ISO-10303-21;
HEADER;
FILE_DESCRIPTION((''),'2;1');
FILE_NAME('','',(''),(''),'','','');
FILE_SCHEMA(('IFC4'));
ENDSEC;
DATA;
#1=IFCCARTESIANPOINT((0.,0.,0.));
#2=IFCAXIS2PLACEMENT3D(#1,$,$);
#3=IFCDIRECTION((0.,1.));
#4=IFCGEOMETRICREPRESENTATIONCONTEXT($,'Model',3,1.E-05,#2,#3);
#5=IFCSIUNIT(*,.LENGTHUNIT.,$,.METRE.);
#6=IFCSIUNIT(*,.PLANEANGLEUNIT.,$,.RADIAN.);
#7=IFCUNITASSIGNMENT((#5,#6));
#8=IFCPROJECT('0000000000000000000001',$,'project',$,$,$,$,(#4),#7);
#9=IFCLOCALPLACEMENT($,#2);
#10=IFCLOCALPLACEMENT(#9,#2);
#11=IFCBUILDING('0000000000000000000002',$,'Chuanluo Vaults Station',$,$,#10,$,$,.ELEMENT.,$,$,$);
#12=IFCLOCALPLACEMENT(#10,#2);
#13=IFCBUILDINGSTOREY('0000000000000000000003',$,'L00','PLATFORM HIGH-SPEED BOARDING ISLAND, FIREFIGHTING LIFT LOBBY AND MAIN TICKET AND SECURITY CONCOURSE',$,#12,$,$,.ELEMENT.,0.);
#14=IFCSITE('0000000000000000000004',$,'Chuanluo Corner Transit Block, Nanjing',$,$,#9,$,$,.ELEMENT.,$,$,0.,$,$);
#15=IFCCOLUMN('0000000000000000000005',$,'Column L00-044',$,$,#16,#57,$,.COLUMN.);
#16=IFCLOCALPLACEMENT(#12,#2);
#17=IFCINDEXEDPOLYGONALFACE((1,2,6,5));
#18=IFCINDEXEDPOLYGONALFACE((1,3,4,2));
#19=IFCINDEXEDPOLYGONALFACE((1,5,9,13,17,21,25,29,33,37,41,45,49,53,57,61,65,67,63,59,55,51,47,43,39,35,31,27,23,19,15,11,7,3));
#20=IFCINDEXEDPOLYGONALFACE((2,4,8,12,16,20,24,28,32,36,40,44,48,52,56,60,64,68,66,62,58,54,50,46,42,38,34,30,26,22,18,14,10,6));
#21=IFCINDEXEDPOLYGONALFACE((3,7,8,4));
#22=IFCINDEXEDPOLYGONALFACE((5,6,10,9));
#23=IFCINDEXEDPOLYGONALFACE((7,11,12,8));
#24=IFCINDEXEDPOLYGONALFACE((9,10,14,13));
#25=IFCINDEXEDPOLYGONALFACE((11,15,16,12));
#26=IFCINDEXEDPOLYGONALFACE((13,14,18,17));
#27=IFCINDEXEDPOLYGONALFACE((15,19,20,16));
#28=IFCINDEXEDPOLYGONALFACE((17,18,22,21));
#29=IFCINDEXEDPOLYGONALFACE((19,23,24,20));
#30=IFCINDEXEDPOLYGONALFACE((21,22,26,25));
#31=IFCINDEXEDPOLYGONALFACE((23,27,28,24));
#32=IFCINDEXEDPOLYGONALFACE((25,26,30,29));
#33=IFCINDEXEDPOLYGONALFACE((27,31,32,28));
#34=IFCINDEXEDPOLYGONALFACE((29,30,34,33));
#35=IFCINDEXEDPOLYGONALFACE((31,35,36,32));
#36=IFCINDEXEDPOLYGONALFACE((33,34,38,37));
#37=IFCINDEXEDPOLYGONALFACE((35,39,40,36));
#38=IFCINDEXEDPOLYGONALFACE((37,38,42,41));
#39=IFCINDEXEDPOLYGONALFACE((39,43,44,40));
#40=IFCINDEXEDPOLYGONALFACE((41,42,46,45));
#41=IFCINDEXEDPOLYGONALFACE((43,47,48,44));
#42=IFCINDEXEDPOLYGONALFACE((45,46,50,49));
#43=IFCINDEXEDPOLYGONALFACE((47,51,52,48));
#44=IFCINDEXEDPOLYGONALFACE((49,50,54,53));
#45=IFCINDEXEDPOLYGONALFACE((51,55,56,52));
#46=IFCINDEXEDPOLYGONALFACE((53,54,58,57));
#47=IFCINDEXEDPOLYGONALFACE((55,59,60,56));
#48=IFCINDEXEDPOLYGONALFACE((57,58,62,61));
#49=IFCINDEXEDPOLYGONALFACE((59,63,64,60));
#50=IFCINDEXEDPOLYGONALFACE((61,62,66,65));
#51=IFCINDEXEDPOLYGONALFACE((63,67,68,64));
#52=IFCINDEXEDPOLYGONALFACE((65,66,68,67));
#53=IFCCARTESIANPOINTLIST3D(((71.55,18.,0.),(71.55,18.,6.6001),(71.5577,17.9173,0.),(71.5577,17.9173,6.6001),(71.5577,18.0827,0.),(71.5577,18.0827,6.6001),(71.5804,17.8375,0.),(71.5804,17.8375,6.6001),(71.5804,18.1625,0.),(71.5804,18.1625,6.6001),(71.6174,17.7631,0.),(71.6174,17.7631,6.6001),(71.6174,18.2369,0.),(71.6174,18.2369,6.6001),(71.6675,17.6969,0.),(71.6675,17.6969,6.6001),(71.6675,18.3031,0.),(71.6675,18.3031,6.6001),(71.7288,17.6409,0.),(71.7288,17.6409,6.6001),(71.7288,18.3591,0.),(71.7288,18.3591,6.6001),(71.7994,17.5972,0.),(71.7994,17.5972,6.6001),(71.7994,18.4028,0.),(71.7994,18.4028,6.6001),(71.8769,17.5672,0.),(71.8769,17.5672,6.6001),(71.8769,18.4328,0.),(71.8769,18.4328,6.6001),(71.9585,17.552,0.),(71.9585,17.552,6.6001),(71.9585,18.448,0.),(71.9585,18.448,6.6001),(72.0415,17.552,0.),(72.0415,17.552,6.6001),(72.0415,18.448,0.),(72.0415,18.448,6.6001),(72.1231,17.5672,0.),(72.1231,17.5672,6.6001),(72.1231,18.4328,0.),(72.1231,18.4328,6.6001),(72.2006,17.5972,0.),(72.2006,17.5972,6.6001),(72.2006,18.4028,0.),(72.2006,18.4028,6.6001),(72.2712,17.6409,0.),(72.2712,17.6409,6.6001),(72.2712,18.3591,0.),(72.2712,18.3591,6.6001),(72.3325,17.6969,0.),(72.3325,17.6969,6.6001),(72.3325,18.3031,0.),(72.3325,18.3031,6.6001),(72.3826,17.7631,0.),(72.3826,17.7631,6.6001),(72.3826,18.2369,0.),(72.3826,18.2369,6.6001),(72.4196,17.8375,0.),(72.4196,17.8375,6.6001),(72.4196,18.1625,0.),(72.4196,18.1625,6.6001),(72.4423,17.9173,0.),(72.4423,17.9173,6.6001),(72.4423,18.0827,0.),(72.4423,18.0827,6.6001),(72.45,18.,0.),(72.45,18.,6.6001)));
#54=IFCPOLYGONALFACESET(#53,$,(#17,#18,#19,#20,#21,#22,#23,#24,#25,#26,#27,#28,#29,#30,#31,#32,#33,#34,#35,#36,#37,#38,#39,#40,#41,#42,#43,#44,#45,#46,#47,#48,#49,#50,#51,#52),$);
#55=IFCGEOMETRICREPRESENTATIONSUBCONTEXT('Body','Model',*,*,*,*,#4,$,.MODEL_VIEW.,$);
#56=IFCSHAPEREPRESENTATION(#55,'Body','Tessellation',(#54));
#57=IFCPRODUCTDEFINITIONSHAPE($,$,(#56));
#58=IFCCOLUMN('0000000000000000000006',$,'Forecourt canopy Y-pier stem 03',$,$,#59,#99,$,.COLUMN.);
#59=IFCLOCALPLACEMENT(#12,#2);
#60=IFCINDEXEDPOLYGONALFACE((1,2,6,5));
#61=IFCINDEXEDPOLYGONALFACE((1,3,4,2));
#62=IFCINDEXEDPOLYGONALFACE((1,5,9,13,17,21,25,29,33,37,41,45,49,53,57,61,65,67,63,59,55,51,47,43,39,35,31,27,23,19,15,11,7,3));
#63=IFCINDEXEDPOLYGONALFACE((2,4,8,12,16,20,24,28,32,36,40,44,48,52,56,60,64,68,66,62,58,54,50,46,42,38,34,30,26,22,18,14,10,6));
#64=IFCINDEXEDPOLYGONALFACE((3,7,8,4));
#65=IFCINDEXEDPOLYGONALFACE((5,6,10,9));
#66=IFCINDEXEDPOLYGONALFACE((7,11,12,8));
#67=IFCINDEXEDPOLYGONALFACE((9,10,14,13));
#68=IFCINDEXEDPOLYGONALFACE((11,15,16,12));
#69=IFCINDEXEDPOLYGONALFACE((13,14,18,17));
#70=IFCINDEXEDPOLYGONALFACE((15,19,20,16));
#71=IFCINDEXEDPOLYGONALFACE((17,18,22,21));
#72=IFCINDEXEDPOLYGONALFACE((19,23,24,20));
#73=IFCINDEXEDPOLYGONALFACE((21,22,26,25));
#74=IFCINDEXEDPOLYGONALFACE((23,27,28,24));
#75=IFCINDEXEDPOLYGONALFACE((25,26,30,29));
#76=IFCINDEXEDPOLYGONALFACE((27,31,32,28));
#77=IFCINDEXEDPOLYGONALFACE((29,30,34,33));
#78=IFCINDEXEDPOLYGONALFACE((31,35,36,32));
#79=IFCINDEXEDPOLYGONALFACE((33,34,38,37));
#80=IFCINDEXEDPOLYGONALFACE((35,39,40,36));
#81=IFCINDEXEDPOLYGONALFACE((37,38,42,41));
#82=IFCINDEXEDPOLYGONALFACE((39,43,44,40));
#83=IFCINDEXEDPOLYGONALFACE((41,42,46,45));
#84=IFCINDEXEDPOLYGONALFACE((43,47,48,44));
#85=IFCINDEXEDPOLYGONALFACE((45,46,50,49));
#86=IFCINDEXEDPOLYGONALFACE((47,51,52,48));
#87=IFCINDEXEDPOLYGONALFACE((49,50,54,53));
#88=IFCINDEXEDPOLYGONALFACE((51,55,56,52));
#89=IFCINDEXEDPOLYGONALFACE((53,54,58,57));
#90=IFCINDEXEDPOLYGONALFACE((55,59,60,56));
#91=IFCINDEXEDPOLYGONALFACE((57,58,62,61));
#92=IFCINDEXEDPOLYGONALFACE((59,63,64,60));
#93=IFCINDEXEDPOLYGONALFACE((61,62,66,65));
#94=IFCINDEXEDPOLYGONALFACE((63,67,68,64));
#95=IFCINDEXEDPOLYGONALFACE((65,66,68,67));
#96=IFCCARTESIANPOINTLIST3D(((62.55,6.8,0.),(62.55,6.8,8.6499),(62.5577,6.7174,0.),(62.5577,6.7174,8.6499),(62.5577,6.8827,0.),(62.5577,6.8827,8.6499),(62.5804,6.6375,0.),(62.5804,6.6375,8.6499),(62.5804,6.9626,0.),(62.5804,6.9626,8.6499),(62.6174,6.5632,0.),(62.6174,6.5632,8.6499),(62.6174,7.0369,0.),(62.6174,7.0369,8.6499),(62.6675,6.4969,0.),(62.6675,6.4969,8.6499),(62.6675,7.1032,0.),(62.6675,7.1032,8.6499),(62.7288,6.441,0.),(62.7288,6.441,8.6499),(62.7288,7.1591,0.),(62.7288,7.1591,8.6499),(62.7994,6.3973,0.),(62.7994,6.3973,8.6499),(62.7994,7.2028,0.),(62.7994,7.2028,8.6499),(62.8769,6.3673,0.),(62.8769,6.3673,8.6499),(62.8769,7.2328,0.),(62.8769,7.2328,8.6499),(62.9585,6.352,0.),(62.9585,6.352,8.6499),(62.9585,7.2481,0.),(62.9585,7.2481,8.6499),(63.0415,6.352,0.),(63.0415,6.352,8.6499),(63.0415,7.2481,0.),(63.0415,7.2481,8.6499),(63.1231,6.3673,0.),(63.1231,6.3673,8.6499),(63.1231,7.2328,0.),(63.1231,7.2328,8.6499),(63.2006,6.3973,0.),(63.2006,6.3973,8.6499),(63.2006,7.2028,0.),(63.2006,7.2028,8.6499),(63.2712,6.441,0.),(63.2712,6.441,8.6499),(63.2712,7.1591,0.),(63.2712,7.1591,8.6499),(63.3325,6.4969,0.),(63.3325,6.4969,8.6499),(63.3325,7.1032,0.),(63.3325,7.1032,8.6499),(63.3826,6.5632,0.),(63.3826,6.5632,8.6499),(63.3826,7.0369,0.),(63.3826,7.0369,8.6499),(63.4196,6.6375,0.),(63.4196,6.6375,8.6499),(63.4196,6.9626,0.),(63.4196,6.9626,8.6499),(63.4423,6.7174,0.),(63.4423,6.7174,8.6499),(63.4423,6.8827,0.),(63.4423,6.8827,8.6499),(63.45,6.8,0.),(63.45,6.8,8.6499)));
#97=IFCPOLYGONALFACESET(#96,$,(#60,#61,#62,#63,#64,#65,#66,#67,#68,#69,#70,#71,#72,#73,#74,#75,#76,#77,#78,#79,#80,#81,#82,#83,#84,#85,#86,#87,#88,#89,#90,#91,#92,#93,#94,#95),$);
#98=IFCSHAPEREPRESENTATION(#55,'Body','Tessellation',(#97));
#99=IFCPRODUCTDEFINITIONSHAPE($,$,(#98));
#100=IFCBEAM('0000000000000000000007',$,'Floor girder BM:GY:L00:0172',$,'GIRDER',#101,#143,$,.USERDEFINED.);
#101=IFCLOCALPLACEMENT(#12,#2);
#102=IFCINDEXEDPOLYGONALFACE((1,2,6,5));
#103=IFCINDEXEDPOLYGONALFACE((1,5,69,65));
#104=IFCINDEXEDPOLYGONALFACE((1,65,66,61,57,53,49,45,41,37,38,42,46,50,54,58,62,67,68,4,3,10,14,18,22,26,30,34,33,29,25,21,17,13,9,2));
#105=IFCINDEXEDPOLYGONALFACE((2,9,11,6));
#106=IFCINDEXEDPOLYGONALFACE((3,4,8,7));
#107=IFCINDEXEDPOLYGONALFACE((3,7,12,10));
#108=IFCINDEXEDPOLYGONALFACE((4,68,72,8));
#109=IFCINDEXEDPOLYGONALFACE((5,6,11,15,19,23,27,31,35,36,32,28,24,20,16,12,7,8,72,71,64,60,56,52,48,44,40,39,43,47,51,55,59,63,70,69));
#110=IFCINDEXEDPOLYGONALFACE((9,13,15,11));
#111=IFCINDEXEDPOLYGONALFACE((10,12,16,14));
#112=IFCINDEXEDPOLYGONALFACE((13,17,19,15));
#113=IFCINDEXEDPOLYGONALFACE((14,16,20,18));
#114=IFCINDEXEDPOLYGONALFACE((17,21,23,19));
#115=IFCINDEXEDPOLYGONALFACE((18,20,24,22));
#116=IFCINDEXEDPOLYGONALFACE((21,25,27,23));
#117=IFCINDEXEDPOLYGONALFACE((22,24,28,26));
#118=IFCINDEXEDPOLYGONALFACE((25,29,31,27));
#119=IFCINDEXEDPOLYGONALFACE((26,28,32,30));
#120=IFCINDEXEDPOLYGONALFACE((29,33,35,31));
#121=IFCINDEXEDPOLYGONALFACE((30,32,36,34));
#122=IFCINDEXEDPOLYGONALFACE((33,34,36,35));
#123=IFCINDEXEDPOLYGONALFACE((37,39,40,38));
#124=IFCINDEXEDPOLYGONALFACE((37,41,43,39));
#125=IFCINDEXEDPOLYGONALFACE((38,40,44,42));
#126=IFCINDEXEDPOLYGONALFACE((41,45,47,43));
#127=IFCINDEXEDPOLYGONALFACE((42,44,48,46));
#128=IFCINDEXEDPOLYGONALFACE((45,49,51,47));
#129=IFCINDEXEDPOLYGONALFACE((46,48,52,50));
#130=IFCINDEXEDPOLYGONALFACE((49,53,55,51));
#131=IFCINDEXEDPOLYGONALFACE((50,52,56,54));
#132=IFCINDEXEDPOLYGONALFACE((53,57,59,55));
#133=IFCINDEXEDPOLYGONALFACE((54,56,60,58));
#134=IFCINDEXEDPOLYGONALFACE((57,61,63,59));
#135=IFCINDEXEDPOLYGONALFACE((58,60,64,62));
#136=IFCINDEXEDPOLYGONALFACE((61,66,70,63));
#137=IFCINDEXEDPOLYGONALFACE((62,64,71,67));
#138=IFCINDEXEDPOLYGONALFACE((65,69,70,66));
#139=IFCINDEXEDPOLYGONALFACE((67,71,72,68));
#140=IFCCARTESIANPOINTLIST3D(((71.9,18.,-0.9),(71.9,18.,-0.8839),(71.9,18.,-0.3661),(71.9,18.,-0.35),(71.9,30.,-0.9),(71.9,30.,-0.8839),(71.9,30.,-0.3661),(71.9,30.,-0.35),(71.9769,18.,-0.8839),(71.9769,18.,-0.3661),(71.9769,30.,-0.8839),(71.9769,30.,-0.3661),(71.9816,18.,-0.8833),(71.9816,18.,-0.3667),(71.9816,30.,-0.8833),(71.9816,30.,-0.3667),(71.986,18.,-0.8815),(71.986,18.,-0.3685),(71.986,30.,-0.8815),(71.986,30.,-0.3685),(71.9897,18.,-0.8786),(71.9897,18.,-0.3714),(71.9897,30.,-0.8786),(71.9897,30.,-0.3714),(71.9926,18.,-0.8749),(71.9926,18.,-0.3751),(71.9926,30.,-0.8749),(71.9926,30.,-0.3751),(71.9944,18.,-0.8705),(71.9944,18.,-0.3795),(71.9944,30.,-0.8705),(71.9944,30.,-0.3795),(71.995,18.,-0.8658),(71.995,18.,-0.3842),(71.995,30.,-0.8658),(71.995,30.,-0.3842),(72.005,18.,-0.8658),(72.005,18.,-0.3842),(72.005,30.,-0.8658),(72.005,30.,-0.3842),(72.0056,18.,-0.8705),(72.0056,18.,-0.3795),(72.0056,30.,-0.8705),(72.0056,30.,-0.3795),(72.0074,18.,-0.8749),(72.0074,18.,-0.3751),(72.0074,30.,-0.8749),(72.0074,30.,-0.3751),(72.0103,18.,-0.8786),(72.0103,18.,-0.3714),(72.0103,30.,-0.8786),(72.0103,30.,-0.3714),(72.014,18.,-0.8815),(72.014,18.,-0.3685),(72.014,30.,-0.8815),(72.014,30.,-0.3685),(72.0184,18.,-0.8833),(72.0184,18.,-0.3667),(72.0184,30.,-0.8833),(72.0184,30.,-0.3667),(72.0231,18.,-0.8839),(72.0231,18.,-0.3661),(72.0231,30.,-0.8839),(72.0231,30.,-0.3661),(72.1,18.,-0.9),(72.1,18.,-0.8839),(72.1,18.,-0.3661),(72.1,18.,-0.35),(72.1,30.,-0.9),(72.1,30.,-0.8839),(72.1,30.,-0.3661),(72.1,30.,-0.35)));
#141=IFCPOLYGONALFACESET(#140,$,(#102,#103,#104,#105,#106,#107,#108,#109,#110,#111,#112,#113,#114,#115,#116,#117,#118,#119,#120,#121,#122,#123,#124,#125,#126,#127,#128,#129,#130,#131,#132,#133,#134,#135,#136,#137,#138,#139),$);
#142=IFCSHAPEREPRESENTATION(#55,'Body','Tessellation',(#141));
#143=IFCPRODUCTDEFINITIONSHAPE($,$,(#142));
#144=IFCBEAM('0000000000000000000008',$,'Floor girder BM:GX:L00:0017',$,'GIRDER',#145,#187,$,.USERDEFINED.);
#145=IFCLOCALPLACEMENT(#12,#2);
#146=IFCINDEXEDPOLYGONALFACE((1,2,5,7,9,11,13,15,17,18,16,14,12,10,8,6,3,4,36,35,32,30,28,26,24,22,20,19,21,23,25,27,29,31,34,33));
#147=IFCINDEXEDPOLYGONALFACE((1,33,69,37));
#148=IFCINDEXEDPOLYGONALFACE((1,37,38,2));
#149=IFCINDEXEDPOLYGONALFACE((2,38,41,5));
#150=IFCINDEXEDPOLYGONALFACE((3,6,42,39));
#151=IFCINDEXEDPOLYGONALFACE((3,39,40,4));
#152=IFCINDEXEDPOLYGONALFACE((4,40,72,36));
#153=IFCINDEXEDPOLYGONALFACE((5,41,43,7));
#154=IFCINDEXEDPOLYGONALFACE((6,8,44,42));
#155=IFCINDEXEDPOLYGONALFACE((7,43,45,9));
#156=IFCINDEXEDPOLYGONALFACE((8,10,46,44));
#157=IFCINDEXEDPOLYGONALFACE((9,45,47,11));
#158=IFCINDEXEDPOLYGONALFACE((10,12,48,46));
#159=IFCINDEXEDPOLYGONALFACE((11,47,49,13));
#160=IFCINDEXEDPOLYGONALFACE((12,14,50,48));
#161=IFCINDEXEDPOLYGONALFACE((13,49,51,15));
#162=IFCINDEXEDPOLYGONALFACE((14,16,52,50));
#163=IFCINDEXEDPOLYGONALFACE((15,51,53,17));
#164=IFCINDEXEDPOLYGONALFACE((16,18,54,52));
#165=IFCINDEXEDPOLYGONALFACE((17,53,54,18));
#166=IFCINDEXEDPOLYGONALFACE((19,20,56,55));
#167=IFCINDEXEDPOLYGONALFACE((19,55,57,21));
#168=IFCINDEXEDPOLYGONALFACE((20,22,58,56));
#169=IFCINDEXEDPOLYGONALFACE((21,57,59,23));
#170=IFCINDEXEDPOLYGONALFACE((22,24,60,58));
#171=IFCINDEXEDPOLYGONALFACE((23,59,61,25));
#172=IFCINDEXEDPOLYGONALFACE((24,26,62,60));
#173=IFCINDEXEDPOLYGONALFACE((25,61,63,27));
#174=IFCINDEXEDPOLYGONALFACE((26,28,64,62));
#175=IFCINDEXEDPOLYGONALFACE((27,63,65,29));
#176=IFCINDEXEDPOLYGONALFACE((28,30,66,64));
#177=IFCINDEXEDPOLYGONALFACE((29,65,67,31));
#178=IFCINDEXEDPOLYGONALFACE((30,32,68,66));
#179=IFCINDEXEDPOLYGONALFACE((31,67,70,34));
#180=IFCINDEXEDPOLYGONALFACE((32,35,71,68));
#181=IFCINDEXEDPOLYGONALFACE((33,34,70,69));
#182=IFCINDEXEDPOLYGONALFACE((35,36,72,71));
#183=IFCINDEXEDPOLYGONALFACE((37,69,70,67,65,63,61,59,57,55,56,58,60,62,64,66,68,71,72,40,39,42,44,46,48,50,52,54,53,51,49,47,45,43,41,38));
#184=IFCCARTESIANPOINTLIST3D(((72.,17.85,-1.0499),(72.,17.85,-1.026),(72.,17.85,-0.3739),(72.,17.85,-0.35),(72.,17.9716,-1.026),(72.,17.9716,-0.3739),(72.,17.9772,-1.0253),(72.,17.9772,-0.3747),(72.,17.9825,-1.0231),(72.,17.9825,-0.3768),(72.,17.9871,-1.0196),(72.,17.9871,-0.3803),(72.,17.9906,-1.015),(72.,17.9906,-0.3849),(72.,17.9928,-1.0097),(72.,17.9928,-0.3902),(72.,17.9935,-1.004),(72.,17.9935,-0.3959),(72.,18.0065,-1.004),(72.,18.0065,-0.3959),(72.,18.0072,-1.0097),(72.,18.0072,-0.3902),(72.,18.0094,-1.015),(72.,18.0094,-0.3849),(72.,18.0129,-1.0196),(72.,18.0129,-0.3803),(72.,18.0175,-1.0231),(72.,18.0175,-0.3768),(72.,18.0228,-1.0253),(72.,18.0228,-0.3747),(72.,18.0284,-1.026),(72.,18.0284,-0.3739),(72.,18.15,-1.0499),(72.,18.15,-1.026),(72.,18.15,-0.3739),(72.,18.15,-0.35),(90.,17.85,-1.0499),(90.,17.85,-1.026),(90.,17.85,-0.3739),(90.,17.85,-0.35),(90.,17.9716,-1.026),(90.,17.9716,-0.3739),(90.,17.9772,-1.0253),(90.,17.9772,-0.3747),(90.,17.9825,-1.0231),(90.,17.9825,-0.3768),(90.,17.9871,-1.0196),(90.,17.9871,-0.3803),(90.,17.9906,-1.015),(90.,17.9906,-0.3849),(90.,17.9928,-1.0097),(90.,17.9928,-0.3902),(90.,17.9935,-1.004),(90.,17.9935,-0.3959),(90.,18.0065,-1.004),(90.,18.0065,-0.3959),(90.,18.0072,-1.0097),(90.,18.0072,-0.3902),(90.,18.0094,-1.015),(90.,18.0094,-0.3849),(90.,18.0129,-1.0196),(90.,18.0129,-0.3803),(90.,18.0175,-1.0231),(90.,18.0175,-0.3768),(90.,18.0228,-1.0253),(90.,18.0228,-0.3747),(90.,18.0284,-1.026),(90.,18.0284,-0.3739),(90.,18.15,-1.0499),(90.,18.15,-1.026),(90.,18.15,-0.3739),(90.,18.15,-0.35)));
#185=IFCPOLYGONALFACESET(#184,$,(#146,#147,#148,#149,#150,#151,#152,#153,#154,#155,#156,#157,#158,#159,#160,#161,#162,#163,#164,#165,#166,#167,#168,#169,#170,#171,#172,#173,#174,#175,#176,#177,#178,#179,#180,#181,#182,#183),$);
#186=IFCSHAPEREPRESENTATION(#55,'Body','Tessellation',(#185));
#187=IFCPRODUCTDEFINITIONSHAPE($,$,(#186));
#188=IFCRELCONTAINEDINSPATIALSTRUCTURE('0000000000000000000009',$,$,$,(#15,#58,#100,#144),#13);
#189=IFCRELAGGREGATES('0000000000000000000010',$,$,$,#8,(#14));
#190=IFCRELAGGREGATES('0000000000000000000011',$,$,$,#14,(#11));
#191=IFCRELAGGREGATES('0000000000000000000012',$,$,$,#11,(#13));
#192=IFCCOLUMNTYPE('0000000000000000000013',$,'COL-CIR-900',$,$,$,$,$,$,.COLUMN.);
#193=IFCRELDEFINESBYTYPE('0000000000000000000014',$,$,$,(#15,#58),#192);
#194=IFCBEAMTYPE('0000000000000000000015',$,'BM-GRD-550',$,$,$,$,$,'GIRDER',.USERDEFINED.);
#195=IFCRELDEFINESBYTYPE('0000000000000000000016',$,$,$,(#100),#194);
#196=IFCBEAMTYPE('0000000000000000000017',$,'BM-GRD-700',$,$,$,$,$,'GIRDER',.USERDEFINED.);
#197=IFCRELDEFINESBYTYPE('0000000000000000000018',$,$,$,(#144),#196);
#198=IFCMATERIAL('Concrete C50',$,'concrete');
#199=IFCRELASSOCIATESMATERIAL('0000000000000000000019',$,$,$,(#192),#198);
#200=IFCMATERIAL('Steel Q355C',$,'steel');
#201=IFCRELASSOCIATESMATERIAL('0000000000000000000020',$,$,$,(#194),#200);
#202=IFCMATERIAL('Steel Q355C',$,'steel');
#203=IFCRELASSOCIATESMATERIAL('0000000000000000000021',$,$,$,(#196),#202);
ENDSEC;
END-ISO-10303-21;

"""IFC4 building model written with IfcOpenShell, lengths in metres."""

from ifc_helpers import new_model, si_unit, direction, frame, origin, origin_2d, place, context, subcontext, project, spatial, circle, i_section, extrude, material, material_profile, profile_set, type_object, element, save


model = new_model("IFC4")

# Units and contexts
model_context = context("Model", 3, precision=1e-05, world=origin(), true_north=direction((0.0, 1.0)))
body_context = subcontext(model_context, "Body", "Model", "MODEL_VIEW")
ifc_project = project(units=[si_unit("LENGTHUNIT", "METRE"), si_unit("PLANEANGLEUNIT", "RADIAN")], contexts=[model_context])

# Site, building, storey
site_placement = place(None, origin())
site = spatial("IfcSite", under=ifc_project, at=site_placement, Name="Chuanluo Corner Transit Block, Nanjing", CompositionType="ELEMENT", RefElevation=0.0)
building_placement = place(site_placement, origin())
building = spatial("IfcBuilding", under=site, at=building_placement, Name="Chuanluo Vaults Station", CompositionType="ELEMENT")
storey_placement = place(building_placement, origin())
storey = spatial("IfcBuildingStorey", under=building, at=storey_placement, Name="L00", Description="PLATFORM HIGH-SPEED BOARDING ISLAND, FIREFIGHTING LIFT LOBBY AND MAIN TICKET AND SECURITY CONCOURSE", CompositionType="ELEMENT", Elevation=0.0)

# Columns
ifc_material_1 = material(Name="Concrete C50", Category="concrete")
ifc_material_profile_1 = material_profile(ifc_material_1, circle(Radius=0.45, at=origin_2d()))
ifc_profile_set_1 = profile_set([ifc_material_profile_1], Name="Concrete C50")
column_type = type_object("IfcColumnType", Name="COL-CIR-900", PredefinedType="COLUMN", material=ifc_profile_set_1)
column_1_placement = place(storey_placement, frame((72.0, 18.0, 0.0), z_axis=(0.0, 0.0, 1.0), x_axis=(1.0, 0.0, 0.0)))
element("IfcColumn", 1, at=column_1_placement, inside=storey, type_object=column_type, Name="Column L00-044", PredefinedType="COLUMN", context=body_context, shape_type="SweptSolid", body=[
    extrude(circle(Radius=0.45, at=origin_2d()), origin(), (0.0, 0.0, 1.0), 6.6001),
])
column_2_placement = place(storey_placement, frame((63.0, 6.8, 0.0), z_axis=(0.0, 0.0, 1.0), x_axis=(1.0, 0.0, 0.0)))
element("IfcColumn", 2, at=column_2_placement, inside=storey, type_object=column_type, Name="Forecourt canopy Y-pier stem 03", PredefinedType="COLUMN", context=body_context, shape_type="SweptSolid", body=[
    extrude(circle(Radius=0.45, at=origin_2d()), origin(), (0.0, 0.0, 1.0), 8.6499),
])

# Beams
ifc_material_2 = material(Name="Steel Q355C", Category="steel")
ifc_material_profile_2 = material_profile(ifc_material_2, i_section(OverallWidth=0.2, OverallDepth=0.55, WebThickness=0.01, FlangeThickness=0.0161, FilletRadius=0.0181, at=origin_2d()))
ifc_profile_set_2 = profile_set([ifc_material_profile_2], Name="Steel Q355C")
beam_type_1 = type_object("IfcBeamType", Name="BM-GRD-550", ElementType="GIRDER", PredefinedType="USERDEFINED", material=ifc_profile_set_2)
beam_1_placement = place(storey_placement, frame((72.0, 18.0, -0.625), z_axis=(0.0, 1.0, 0.0), x_axis=(-1.0, 0.0, 0.0)))
element("IfcBeam", 3, at=beam_1_placement, inside=storey, type_object=beam_type_1, Name="Floor girder BM:GY:L00:0172", ObjectType="GIRDER", PredefinedType="USERDEFINED", context=body_context, shape_type="SweptSolid", body=[
    extrude(i_section(OverallWidth=0.2, OverallDepth=0.55, WebThickness=0.01, FlangeThickness=0.0161, FilletRadius=0.0181, at=origin_2d()), origin(), (0.0, 0.0, 1.0), 12.0),
])
ifc_material_3 = material(Name="Steel Q355C", Category="steel")
ifc_material_profile_3 = material_profile(ifc_material_3, i_section(OverallWidth=0.3, OverallDepth=0.7, WebThickness=0.0129, FlangeThickness=0.0239, FilletRadius=0.022, at=origin_2d()))
ifc_profile_set_3 = profile_set([ifc_material_profile_3], Name="Steel Q355C")
beam_type_2 = type_object("IfcBeamType", Name="BM-GRD-700", ElementType="GIRDER", PredefinedType="USERDEFINED", material=ifc_profile_set_3)
beam_2_placement = place(storey_placement, frame((72.0, 18.0, -0.7), z_axis=(1.0, 0.0, 0.0), x_axis=(0.0, 1.0, 0.0)))
element("IfcBeam", 4, at=beam_2_placement, inside=storey, type_object=beam_type_2, Name="Floor girder BM:GX:L00:0017", ObjectType="GIRDER", PredefinedType="USERDEFINED", context=body_context, shape_type="SweptSolid", body=[
    extrude(i_section(OverallWidth=0.3, OverallDepth=0.7, WebThickness=0.0129, FlangeThickness=0.0239, FilletRadius=0.022, at=origin_2d()), origin(), (0.0, 0.0, 1.0), 18.0),
])

save(model, "model.ifc")
